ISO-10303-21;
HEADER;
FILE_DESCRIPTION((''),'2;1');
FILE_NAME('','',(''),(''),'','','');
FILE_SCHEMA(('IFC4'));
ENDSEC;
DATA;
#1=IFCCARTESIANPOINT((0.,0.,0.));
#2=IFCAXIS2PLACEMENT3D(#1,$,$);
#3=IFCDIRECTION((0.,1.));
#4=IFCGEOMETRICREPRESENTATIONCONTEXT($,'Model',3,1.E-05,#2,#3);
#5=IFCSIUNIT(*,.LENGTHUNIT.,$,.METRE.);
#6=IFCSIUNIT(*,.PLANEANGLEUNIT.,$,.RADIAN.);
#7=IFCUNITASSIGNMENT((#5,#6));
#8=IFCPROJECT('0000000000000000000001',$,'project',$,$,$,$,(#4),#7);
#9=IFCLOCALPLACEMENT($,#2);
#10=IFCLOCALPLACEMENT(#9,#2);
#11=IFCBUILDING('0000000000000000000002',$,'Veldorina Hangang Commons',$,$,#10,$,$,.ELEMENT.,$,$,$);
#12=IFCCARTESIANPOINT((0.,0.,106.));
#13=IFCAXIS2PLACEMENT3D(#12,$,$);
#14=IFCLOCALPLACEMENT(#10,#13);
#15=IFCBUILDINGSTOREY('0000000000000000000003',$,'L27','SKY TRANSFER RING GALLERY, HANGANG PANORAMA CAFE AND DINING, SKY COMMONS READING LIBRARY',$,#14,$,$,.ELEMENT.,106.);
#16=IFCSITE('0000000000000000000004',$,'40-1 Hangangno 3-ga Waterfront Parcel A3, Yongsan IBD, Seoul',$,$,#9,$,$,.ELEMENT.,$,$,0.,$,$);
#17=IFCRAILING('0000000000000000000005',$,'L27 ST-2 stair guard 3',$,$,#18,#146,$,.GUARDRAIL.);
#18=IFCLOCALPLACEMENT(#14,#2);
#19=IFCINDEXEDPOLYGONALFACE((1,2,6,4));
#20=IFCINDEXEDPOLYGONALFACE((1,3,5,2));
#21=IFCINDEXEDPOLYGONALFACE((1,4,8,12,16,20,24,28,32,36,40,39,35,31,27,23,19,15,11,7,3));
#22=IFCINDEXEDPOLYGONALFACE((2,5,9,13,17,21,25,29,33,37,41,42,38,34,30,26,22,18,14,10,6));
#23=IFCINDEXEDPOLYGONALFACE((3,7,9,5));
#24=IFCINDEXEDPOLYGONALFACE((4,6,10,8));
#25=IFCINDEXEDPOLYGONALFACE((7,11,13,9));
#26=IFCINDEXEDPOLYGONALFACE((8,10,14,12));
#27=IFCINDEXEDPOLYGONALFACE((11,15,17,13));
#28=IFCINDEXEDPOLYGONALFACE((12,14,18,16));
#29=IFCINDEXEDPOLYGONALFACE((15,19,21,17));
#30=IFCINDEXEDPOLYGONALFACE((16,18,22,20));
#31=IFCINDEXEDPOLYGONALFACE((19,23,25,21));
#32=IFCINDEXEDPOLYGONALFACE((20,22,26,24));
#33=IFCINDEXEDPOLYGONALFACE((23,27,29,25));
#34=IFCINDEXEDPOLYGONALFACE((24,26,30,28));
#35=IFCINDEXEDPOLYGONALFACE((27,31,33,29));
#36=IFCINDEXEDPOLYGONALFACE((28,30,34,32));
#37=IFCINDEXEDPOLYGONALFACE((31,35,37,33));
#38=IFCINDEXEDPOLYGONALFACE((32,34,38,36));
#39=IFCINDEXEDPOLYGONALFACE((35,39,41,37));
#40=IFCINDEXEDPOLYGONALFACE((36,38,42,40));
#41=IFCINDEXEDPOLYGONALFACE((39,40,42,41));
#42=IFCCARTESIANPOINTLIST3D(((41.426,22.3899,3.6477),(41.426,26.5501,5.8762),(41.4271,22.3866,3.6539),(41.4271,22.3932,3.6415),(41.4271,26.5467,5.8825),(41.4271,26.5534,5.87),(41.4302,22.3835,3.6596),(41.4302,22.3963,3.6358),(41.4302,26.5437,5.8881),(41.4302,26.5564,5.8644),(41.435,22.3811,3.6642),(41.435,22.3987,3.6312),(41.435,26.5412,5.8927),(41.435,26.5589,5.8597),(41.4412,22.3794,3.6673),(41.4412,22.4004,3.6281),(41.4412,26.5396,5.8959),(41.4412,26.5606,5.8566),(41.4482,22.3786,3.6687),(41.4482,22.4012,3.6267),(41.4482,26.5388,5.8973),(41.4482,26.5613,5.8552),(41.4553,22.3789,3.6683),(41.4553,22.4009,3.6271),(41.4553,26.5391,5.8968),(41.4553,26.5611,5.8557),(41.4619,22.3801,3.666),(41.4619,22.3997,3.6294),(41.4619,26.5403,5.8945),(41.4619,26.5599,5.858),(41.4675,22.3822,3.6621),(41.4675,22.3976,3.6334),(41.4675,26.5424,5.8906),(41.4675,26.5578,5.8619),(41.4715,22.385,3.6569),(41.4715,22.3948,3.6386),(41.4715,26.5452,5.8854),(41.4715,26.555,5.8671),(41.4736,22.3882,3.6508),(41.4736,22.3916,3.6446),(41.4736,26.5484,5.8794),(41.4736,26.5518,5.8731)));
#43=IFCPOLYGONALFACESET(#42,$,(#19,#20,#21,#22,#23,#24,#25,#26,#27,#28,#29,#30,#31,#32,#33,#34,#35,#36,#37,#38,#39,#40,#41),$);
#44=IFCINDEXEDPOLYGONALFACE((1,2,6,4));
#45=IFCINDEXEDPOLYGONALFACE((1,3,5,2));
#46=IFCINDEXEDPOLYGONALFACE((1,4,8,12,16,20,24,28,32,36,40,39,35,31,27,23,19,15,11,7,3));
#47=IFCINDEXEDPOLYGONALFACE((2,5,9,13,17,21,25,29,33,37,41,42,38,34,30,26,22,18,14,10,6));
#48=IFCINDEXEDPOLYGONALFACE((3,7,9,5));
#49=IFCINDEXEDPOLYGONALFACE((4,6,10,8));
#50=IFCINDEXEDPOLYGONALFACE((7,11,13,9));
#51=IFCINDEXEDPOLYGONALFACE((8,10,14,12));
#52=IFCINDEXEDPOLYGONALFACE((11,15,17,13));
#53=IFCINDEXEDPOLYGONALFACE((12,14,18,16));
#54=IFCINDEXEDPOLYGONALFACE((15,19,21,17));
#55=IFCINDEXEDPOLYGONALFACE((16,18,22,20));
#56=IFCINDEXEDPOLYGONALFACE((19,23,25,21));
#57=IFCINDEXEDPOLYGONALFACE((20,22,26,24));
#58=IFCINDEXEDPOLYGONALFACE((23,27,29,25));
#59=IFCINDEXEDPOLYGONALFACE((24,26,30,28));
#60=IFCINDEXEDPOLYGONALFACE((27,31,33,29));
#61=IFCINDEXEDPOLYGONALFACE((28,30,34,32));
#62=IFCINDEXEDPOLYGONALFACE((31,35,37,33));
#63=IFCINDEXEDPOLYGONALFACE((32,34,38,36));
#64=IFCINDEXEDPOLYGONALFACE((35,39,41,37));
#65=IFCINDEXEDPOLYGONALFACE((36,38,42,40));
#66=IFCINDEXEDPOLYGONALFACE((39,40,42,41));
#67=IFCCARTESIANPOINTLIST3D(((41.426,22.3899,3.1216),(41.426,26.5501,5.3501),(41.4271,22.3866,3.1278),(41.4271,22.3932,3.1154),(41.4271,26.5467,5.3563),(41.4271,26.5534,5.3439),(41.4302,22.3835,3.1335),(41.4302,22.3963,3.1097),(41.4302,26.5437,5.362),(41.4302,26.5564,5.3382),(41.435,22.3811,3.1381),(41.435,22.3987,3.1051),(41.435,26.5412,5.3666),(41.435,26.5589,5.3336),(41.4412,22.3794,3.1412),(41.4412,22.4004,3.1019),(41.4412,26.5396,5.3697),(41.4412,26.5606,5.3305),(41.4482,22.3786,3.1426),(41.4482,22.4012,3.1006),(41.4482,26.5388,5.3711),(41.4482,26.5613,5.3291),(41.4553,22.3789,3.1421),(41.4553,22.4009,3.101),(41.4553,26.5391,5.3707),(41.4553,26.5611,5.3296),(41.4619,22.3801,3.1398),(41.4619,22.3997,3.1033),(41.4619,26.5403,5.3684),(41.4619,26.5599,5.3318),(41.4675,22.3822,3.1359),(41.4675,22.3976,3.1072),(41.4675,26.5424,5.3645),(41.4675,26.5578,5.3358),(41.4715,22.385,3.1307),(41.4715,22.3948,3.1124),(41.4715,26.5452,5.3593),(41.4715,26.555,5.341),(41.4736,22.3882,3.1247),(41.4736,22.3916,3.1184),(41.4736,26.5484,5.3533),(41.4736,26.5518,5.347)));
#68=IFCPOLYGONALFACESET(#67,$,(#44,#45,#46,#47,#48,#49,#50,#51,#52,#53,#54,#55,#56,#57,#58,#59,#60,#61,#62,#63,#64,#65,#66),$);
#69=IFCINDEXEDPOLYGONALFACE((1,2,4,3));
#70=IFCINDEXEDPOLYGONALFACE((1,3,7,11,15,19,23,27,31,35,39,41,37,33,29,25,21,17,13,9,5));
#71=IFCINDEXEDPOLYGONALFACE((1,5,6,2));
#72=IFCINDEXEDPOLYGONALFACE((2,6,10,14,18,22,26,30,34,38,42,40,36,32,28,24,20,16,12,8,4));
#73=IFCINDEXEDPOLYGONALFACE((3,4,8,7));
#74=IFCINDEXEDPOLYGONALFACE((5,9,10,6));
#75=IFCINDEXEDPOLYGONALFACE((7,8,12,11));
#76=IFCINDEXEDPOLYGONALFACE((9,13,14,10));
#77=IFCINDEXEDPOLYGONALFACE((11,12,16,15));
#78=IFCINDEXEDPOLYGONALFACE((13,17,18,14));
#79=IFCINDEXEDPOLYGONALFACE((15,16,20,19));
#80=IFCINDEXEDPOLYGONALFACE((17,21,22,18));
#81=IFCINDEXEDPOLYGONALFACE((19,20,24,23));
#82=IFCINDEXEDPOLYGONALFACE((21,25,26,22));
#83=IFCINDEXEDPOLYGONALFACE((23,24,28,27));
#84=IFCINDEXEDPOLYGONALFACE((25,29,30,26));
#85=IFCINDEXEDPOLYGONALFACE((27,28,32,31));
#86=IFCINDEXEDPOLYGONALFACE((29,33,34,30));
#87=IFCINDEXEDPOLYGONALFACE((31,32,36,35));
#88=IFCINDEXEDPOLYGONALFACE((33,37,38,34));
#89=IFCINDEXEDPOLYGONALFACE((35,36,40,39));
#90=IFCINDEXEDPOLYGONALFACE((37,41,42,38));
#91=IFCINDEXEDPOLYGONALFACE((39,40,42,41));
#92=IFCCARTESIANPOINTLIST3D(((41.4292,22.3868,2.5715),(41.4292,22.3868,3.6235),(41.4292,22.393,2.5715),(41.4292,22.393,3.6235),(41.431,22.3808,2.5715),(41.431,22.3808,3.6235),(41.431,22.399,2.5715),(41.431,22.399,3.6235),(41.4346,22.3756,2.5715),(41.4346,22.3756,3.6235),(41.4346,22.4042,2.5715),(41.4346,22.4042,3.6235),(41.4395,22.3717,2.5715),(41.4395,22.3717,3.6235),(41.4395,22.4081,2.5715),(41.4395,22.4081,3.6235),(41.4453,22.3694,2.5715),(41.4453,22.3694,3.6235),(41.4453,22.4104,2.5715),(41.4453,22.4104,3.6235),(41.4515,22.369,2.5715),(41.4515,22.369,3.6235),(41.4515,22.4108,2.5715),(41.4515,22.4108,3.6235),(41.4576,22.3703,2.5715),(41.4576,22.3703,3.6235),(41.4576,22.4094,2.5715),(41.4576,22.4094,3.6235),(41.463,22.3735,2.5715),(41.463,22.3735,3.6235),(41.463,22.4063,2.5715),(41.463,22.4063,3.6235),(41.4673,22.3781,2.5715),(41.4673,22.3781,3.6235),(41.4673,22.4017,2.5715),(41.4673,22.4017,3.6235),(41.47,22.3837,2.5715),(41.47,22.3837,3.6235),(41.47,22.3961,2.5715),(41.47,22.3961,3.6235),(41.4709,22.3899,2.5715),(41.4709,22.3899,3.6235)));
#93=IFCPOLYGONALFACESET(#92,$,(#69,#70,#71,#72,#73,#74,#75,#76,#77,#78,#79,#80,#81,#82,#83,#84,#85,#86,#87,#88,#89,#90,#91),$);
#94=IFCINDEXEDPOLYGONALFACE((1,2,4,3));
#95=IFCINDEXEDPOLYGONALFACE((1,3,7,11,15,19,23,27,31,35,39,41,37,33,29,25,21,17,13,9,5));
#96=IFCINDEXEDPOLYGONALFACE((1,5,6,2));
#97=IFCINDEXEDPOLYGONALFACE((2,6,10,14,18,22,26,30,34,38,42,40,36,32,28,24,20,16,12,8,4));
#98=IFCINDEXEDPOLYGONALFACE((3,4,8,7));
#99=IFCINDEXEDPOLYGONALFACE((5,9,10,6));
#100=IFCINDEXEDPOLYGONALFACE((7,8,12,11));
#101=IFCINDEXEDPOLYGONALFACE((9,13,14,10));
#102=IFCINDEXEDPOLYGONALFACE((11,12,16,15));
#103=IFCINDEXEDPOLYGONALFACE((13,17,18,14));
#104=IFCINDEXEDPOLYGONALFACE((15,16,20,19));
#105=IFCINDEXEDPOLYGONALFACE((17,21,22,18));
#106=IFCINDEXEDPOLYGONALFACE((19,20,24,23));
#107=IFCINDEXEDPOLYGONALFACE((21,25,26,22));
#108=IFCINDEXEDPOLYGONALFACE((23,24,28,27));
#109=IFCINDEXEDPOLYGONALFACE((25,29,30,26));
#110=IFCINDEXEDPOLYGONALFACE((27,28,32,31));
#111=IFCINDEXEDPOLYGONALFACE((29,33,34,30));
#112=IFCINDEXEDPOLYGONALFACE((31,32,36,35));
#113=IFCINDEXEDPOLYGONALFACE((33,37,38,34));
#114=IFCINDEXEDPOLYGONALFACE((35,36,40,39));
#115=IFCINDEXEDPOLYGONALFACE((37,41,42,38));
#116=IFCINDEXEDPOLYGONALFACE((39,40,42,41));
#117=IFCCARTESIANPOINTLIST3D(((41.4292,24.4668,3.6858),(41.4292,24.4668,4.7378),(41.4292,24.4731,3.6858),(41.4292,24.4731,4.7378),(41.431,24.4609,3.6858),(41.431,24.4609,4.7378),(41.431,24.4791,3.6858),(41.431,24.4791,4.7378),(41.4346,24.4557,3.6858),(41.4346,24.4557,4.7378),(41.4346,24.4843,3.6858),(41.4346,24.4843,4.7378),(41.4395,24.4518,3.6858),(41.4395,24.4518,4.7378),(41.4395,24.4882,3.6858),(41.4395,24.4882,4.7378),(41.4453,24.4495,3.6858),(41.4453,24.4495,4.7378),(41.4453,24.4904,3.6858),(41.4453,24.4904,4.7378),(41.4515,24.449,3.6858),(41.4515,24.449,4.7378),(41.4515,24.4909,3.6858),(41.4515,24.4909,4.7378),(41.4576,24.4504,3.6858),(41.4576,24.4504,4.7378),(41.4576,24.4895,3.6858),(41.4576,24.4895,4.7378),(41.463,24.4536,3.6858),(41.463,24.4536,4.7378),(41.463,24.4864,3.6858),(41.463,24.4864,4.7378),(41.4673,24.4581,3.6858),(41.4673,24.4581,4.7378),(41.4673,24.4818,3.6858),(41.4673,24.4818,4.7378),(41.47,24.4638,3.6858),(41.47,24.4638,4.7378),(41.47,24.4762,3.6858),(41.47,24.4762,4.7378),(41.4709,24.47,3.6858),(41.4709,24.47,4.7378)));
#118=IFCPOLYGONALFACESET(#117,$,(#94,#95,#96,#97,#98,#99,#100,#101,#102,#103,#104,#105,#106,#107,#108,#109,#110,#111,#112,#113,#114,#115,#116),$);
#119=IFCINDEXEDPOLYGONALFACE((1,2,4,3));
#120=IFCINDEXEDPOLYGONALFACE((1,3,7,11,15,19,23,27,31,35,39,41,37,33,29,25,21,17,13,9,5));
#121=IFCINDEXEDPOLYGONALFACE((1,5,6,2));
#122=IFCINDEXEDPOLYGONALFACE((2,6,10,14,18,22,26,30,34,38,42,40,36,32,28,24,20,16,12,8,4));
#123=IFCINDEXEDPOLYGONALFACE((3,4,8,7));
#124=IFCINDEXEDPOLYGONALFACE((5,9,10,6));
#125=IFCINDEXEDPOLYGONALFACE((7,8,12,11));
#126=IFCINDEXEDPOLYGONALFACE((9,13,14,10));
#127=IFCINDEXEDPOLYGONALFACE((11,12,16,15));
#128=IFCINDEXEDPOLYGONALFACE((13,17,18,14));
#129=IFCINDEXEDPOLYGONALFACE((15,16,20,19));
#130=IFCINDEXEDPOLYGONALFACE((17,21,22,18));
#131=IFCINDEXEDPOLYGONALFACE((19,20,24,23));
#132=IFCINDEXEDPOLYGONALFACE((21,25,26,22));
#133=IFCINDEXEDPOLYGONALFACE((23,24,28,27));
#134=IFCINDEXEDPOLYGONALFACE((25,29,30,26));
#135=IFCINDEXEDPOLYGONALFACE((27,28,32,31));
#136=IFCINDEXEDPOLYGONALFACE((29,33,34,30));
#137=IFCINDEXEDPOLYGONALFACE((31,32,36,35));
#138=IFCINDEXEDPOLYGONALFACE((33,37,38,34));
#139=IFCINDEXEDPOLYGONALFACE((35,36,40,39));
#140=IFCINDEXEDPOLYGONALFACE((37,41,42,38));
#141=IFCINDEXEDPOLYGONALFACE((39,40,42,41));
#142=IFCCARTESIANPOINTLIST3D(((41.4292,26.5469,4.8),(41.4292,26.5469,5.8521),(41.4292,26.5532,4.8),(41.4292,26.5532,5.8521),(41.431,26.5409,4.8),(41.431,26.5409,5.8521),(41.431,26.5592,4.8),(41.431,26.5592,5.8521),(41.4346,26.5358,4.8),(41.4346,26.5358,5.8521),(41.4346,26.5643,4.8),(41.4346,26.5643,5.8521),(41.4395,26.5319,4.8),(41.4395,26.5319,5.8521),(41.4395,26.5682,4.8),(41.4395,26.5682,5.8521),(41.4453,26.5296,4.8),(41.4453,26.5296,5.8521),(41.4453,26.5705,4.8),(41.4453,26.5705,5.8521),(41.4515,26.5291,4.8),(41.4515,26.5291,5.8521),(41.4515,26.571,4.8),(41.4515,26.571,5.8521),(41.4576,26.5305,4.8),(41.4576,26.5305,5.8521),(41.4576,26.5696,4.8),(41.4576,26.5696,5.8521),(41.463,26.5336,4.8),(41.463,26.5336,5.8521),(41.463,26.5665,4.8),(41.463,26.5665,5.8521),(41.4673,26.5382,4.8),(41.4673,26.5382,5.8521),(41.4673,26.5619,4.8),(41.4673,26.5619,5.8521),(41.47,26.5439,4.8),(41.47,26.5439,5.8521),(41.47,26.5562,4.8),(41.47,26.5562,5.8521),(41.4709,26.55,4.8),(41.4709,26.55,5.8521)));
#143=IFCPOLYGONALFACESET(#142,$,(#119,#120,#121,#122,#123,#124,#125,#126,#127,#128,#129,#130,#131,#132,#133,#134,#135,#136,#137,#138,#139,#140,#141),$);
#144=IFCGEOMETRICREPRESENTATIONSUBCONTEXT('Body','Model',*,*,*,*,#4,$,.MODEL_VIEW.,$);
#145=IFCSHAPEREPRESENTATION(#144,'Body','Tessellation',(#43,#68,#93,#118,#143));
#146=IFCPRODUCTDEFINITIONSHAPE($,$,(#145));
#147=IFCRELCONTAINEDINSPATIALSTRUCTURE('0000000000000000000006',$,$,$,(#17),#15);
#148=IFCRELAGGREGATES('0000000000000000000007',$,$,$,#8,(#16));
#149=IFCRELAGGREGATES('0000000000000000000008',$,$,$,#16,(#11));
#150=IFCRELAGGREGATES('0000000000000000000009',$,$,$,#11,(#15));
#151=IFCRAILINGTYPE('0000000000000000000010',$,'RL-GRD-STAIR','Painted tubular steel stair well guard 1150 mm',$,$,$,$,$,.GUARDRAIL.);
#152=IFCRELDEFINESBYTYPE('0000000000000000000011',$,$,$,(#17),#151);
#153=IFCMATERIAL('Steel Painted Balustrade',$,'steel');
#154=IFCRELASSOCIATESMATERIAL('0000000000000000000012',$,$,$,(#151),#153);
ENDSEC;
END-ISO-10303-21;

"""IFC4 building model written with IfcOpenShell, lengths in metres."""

from ifc_helpers import new_model, si_unit, direction, frame, origin, origin_2d, place, context, subcontext, project, spatial, circle, extrude, material, type_object, element, save


model = new_model("IFC4")

# Units and contexts
model_context = context("Model", 3, precision=1e-05, world=origin(), true_north=direction((0.0, 1.0)))
body_context = subcontext(model_context, "Body", "Model", "MODEL_VIEW")
ifc_project = project(units=[si_unit("LENGTHUNIT", "METRE"), si_unit("PLANEANGLEUNIT", "RADIAN")], contexts=[model_context])

# Site, building, storey
site_placement = place(None, origin())
site = spatial("IfcSite", under=ifc_project, at=site_placement, Name="40-1 Hangangno 3-ga Waterfront Parcel A3, Yongsan IBD, Seoul", CompositionType="ELEMENT", RefElevation=0.0)
building_placement = place(site_placement, origin())
building = spatial("IfcBuilding", under=site, at=building_placement, Name="Veldorina Hangang Commons", CompositionType="ELEMENT")
storey_placement = place(building_placement, frame((0.0, 0.0, 106.0)))
storey = spatial("IfcBuildingStorey", under=building, at=storey_placement, Name="L27", Description="SKY TRANSFER RING GALLERY, HANGANG PANORAMA CAFE AND DINING, SKY COMMONS READING LIBRARY", CompositionType="ELEMENT", Elevation=106.0)

# Railing
ifc_material_1 = material(Name="Steel Painted Balustrade", Category="steel")
railing_type_1 = type_object("IfcRailingType", Name="RL-GRD-STAIR", Description="Painted tubular steel stair well guard 1150 mm", PredefinedType="GUARDRAIL", material=ifc_material_1)
railing_1_placement = place(storey_placement, frame((41.45, 22.3899, 2.5715)))
element("IfcRailing", 1, at=railing_1_placement, inside=storey, type_object=railing_type_1, Name="L27 ST-2 stair guard 3", PredefinedType="GUARDRAIL", context=body_context, shape_type="SweptSolid", body=[
    extrude(circle(Radius=0.0239, at=origin_2d()), frame((0.0, 0.0, 1.0762), z_axis=(0.0, 0.881492, 0.472198), x_axis=(-1.0, 0.0, 0.0)), (0.0, 0.0, 1.0), 4.7195),
    extrude(circle(Radius=0.0239, at=origin_2d()), frame((0.0, 0.0, 0.55), z_axis=(0.0, 0.881492, 0.472198), x_axis=(-1.0, 0.0, 0.0)), (0.0, 0.0, 1.0), 4.7195),
    extrude(circle(Radius=0.021, at=origin_2d()), origin(), (0.0, 0.0, 1.0), 1.052),
    extrude(circle(Radius=0.021, at=origin_2d()), frame((0.0, 2.0801, 1.1143)), (0.0, 0.0, 1.0), 1.052),
    extrude(circle(Radius=0.021, at=origin_2d()), frame((0.0, 4.1602, 2.2285)), (0.0, 0.0, 1.0), 1.052),
])

save(model, "model.ifc")
